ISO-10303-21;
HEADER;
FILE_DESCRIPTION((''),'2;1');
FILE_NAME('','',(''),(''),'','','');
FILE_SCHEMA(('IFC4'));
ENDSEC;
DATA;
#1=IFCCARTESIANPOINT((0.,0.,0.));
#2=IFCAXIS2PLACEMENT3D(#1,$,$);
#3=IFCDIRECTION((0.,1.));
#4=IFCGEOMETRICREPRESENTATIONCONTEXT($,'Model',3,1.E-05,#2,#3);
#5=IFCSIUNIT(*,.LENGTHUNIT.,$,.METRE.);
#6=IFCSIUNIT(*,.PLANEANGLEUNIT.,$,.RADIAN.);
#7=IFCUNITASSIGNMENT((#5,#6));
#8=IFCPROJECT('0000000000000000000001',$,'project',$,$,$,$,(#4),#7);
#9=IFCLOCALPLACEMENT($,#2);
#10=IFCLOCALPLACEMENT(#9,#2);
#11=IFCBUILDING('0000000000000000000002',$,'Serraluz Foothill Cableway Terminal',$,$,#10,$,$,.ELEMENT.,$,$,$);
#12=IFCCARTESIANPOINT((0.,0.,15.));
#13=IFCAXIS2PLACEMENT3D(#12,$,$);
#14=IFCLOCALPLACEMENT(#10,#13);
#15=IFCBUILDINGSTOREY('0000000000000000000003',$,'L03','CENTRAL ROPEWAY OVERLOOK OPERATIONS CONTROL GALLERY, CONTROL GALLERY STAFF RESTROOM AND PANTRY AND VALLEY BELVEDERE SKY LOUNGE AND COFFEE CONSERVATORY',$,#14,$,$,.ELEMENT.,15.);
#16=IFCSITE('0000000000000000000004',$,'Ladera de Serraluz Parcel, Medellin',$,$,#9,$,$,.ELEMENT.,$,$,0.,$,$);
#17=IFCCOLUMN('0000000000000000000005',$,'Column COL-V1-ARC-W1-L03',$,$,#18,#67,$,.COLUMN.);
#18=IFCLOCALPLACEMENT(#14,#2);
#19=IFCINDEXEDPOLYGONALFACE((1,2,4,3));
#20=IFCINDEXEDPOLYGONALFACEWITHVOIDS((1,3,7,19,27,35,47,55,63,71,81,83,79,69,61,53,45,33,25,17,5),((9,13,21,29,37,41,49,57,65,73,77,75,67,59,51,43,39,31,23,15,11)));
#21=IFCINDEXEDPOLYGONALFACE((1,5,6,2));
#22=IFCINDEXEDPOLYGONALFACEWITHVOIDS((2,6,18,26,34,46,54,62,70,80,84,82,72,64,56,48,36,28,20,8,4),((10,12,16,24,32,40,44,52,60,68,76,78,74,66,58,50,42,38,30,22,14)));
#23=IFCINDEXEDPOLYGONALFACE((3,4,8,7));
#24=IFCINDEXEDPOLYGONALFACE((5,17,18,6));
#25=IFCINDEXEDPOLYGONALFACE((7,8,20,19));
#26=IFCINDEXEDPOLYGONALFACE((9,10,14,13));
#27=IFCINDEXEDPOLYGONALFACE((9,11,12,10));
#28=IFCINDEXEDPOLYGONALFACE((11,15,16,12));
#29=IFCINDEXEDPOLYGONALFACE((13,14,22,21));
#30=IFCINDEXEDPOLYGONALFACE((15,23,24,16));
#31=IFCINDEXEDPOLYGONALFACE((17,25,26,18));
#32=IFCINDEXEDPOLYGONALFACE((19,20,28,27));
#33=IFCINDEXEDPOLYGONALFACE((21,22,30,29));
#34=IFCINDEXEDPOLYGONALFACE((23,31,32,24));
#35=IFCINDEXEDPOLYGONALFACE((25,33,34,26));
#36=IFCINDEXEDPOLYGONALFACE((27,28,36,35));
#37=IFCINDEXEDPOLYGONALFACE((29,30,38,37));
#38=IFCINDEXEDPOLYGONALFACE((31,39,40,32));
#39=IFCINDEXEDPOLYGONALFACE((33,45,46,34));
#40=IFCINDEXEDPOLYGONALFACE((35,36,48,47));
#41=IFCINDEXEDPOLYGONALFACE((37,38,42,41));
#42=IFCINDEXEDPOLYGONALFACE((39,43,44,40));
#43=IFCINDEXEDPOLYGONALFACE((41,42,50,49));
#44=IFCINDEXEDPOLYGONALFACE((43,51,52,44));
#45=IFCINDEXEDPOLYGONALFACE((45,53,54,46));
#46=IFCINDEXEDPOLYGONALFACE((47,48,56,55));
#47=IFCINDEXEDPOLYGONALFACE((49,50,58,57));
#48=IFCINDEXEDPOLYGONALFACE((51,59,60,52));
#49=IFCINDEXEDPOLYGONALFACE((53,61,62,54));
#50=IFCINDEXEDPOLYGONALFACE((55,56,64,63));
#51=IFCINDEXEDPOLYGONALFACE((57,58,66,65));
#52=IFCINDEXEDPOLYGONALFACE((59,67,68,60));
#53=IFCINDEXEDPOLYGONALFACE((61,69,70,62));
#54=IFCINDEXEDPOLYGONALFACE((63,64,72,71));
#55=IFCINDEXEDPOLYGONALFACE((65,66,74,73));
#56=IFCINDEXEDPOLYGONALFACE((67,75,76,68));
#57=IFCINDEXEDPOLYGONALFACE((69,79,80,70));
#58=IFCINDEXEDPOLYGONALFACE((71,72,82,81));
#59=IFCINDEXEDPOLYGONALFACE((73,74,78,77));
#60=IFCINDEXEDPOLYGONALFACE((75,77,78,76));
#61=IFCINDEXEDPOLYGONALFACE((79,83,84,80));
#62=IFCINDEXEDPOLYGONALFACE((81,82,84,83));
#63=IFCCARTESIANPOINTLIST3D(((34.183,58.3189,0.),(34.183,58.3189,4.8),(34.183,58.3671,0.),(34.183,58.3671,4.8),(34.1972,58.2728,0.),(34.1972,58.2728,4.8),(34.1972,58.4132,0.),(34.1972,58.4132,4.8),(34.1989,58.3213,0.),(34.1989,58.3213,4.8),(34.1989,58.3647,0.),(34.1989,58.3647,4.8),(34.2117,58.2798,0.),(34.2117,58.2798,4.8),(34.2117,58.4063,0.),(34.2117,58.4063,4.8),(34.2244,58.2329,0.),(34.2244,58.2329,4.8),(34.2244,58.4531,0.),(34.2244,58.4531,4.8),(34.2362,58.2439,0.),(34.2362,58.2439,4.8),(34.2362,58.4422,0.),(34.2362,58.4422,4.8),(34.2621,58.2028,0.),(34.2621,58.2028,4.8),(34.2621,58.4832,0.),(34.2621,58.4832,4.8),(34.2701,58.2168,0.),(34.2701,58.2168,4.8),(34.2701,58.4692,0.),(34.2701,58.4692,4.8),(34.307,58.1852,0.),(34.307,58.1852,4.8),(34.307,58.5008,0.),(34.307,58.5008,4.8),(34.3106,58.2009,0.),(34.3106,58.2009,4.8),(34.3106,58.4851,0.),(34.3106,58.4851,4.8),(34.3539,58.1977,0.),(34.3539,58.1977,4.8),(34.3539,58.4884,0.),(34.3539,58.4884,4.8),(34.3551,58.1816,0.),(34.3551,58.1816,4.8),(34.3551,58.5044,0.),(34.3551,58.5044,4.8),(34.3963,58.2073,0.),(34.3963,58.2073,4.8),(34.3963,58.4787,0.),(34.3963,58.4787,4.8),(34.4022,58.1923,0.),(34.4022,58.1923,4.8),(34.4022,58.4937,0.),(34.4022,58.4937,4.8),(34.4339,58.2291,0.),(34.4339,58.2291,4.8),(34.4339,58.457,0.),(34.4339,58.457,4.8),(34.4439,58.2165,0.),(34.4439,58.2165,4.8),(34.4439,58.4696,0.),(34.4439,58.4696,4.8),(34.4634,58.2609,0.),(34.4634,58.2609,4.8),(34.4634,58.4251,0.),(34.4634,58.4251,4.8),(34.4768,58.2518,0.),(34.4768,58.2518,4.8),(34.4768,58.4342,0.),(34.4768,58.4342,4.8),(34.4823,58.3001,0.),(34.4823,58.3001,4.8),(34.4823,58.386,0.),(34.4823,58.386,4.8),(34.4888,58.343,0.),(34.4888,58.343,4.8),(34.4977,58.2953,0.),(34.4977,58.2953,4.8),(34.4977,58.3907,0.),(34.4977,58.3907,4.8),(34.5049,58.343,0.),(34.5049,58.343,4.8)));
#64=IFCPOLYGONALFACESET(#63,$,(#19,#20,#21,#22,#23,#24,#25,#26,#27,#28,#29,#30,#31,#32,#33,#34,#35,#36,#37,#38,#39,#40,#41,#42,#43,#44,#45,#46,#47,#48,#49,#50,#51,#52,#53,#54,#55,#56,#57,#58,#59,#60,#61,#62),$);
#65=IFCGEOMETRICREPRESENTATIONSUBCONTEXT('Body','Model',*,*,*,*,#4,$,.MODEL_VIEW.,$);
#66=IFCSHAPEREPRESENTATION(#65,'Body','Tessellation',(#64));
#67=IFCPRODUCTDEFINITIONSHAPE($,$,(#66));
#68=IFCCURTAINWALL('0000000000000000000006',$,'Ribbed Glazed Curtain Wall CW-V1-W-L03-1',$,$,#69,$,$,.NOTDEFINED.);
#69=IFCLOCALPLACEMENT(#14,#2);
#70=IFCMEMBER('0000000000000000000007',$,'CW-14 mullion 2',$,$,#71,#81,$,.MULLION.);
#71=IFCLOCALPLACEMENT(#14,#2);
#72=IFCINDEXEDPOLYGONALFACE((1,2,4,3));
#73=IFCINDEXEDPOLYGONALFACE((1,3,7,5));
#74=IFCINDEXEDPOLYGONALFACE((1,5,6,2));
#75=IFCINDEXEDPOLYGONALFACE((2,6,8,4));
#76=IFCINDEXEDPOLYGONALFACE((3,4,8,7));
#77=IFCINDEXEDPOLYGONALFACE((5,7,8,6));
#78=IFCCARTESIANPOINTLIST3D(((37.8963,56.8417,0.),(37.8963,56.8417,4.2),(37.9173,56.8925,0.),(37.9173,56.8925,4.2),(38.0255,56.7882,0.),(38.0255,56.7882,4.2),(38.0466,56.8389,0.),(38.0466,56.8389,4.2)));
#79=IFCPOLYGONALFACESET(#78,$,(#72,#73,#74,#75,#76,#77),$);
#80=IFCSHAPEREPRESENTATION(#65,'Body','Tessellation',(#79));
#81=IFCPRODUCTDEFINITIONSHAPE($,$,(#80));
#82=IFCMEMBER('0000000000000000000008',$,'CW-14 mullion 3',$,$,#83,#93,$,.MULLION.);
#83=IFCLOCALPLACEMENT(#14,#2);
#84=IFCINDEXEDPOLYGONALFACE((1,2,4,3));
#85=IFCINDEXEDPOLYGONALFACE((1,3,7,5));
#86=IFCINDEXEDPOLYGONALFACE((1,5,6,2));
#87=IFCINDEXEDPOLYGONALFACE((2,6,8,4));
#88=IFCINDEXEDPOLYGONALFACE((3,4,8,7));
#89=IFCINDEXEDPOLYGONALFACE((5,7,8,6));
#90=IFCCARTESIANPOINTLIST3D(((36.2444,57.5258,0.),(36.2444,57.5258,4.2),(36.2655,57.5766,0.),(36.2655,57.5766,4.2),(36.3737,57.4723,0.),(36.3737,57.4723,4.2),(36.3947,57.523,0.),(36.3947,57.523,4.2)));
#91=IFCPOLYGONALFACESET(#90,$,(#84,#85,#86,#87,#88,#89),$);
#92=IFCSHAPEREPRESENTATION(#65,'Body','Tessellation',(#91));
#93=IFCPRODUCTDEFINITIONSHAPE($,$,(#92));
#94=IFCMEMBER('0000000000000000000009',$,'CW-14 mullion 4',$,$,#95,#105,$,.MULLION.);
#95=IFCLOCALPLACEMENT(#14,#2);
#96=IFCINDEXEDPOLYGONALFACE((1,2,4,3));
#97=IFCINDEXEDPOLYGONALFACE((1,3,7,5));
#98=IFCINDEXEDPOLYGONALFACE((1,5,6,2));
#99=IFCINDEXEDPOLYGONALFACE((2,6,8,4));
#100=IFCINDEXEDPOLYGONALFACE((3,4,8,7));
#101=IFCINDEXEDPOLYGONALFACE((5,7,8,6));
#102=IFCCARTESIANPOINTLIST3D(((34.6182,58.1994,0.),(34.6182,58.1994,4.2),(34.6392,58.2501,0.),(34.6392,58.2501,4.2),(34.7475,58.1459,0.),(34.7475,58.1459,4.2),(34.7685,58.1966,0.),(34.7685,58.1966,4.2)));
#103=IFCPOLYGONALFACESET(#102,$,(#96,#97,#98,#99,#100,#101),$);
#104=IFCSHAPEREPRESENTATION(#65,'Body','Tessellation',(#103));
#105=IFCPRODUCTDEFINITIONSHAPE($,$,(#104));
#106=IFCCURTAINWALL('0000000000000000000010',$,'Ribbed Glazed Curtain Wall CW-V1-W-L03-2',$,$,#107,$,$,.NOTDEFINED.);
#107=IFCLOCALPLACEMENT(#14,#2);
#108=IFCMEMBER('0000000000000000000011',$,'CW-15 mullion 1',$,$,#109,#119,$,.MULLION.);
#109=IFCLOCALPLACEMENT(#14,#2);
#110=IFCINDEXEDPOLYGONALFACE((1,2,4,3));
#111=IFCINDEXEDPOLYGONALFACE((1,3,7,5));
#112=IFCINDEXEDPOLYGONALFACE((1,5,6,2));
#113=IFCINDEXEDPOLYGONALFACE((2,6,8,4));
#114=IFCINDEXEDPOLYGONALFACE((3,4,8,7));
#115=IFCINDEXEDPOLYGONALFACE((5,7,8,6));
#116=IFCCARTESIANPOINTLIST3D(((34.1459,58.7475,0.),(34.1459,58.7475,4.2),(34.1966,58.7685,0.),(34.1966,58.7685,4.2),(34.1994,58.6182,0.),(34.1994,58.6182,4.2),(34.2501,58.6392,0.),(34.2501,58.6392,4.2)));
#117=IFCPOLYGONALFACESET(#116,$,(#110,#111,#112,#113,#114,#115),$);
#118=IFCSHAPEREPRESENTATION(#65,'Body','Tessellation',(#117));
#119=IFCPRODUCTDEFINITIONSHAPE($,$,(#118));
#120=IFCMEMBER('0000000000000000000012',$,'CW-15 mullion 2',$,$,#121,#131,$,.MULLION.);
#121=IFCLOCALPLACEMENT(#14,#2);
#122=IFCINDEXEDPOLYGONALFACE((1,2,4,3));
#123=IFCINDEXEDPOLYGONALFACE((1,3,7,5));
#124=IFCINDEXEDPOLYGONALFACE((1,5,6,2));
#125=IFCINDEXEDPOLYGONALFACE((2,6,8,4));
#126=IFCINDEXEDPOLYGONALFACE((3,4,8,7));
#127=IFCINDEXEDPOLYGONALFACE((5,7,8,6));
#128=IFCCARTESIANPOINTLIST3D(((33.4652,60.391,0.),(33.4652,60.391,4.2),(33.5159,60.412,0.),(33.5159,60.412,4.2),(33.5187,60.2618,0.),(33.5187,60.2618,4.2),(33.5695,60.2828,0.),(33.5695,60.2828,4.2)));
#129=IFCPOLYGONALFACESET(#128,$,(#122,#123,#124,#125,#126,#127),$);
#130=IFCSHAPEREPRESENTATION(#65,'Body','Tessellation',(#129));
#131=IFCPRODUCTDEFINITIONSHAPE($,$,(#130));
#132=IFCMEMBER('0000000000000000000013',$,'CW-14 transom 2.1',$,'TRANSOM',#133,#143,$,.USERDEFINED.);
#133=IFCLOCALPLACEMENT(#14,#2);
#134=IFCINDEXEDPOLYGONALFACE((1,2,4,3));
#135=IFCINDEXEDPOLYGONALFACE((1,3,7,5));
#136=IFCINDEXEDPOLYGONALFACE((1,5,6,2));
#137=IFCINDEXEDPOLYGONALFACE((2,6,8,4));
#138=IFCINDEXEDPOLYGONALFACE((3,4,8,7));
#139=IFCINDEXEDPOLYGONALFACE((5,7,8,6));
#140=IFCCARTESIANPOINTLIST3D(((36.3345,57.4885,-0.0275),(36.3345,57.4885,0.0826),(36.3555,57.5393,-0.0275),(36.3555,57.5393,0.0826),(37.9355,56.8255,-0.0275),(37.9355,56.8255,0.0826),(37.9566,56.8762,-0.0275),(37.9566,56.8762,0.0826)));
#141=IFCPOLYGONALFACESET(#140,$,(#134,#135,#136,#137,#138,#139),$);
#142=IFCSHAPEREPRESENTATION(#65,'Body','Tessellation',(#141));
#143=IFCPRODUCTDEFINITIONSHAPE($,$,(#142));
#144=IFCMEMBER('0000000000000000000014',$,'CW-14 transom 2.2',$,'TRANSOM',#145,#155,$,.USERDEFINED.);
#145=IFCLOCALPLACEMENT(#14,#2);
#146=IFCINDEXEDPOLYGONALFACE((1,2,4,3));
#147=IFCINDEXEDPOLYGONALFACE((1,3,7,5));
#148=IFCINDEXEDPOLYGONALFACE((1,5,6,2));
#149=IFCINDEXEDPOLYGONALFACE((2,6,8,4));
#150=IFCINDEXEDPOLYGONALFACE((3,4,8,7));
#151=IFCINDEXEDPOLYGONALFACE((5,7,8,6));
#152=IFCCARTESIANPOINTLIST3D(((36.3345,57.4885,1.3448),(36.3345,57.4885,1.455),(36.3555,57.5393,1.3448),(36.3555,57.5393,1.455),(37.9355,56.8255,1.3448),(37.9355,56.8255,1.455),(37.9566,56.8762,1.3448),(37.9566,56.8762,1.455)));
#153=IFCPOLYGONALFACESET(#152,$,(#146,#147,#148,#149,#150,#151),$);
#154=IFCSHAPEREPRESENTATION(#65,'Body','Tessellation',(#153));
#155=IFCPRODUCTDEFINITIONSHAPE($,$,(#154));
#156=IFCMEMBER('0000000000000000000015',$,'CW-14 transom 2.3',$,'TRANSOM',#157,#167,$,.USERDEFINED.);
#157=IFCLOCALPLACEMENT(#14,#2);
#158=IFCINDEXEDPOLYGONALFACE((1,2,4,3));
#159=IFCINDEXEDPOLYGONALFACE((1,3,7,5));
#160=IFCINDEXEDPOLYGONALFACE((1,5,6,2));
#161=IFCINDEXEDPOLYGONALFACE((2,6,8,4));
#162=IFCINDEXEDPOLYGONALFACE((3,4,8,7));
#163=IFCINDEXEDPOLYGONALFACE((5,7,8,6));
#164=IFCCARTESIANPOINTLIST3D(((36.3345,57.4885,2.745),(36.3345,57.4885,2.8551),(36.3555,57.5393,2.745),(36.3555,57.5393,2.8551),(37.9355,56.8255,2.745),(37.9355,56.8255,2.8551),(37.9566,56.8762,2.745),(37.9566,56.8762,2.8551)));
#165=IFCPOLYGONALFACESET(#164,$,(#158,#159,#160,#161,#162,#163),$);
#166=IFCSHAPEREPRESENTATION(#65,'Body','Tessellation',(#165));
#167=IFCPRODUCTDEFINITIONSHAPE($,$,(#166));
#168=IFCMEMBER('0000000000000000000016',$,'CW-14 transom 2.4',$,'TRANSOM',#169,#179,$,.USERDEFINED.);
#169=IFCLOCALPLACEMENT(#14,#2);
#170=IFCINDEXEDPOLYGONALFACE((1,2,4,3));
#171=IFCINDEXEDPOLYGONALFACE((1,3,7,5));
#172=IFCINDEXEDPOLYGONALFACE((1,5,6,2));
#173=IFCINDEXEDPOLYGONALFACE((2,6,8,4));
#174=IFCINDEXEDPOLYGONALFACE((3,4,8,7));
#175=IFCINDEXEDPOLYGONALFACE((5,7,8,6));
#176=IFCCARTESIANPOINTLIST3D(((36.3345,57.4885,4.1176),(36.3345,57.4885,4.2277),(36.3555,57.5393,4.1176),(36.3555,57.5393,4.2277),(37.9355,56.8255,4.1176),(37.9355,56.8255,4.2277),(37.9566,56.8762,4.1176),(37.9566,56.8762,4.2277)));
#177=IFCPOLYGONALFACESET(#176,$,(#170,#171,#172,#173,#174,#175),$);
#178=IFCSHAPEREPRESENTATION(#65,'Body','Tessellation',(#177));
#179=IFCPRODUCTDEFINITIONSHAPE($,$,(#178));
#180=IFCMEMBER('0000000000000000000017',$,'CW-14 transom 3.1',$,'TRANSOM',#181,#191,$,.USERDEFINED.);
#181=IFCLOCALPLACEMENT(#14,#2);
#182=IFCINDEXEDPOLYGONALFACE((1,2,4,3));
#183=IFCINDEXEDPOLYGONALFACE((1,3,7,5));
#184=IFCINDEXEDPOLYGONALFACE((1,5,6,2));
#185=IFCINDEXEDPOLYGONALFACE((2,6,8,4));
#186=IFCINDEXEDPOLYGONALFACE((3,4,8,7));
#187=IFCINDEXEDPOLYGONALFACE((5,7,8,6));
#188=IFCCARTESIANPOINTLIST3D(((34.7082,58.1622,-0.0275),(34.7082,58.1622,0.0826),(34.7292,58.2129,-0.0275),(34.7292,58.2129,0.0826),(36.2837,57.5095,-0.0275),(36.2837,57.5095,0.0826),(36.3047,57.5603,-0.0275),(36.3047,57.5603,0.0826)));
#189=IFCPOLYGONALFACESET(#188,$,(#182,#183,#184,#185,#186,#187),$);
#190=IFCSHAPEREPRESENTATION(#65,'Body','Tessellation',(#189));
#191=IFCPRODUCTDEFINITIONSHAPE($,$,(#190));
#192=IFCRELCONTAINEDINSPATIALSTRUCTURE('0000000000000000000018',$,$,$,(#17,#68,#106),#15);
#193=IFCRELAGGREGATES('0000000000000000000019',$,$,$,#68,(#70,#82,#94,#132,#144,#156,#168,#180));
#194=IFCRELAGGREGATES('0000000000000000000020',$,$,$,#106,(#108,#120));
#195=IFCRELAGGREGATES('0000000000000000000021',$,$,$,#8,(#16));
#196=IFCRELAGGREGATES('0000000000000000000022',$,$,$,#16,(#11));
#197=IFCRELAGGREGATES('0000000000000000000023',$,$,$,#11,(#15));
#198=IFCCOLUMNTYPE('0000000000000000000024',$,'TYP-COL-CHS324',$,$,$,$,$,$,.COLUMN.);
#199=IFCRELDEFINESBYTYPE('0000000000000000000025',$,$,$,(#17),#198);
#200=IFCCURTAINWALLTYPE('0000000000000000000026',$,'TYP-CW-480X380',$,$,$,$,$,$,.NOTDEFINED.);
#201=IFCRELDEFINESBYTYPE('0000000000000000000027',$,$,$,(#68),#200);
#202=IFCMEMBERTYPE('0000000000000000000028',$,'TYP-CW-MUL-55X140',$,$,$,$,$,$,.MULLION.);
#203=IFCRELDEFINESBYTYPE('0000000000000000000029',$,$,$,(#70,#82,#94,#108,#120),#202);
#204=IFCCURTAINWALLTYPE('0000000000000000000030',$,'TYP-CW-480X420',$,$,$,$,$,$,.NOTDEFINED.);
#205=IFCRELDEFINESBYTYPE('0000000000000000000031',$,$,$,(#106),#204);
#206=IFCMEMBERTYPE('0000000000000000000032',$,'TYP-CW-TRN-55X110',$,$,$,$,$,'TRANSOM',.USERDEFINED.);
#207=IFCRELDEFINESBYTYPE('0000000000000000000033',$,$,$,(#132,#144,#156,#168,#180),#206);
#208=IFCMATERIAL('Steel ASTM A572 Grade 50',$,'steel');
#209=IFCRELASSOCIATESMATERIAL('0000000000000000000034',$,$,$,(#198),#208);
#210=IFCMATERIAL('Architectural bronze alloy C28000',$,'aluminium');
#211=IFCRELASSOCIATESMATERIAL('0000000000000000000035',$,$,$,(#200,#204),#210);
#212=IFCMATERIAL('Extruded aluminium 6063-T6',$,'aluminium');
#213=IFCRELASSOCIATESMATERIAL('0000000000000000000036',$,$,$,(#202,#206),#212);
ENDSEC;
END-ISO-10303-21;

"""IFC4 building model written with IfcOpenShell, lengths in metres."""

from ifc_helpers import new_model, si_unit, direction, frame, origin, origin_2d, place, context, subcontext, project, spatial, rectangle, hollow_circle, extrude, material, material_profile, profile_set, type_object, element, aggregate, save


model = new_model("IFC4")

# Units and contexts
model_context = context("Model", 3, precision=1e-05, world=origin(), true_north=direction((0.0, 1.0)))
body_context = subcontext(model_context, "Body", "Model", "MODEL_VIEW")
ifc_project = project(units=[si_unit("LENGTHUNIT", "METRE"), si_unit("PLANEANGLEUNIT", "RADIAN")], contexts=[model_context])

# Site, building, storey
site_placement = place(None, origin())
site = spatial("IfcSite", under=ifc_project, at=site_placement, Name="Ladera de Serraluz Parcel, Medellin", CompositionType="ELEMENT", RefElevation=0.0)
building_placement = place(site_placement, origin())
building = spatial("IfcBuilding", under=site, at=building_placement, Name="Serraluz Foothill Cableway Terminal", CompositionType="ELEMENT")
storey_placement = place(building_placement, frame((0.0, 0.0, 15.0)))
storey = spatial("IfcBuildingStorey", under=building, at=storey_placement, Name="L03", Description="CENTRAL ROPEWAY OVERLOOK OPERATIONS CONTROL GALLERY, CONTROL GALLERY STAFF RESTROOM AND PANTRY AND VALLEY BELVEDERE SKY LOUNGE AND COFFEE CONSERVATORY", CompositionType="ELEMENT", Elevation=15.0)

# Column
ifc_material_1 = material(Name="Steel ASTM A572 Grade 50", Category="steel")
ifc_material_profile_1 = material_profile(ifc_material_1, hollow_circle(Radius=0.1619, WallThickness=0.0161, at=origin_2d()), Name="CHS324X16")
ifc_profile_set_1 = profile_set([ifc_material_profile_1], Name="Steel ASTM A572 Grade 50")
column_type = type_object("IfcColumnType", Name="TYP-COL-CHS324", PredefinedType="COLUMN", material=ifc_profile_set_1)
column_placement = place(storey_placement, frame((34.343, 58.343, 0.0), z_axis=(0.0, 0.0, 1.0), x_axis=(1.0, 0.0, 0.0)))
element("IfcColumn", 1, at=column_placement, inside=storey, type_object=column_type, Name="Column COL-V1-ARC-W1-L03", PredefinedType="COLUMN", context=body_context, shape_type="SweptSolid", body=[
    extrude(hollow_circle(Radius=0.1619, WallThickness=0.0161, at=origin_2d()), origin(), (0.0, 0.0, 1.0), 4.8),
])

# Curtain walls, members
ifc_material_2 = material(Name="Architectural bronze alloy C28000", Category="aluminium")
curtain_wall_type_1 = type_object("IfcCurtainWallType", Name="TYP-CW-480X380", PredefinedType="NOTDEFINED", material=ifc_material_2)
curtain_wall_1_placement = place(storey_placement, origin())
curtain_wall_1 = element("IfcCurtainWall", 2, at=curtain_wall_1_placement, inside=storey, type_object=curtain_wall_type_1, Name="Ribbed Glazed Curtain Wall CW-V1-W-L03-1", PredefinedType="NOTDEFINED")
ifc_material_3 = material(Name="Extruded aluminium 6063-T6", Category="aluminium")
ifc_material_profile_2 = material_profile(ifc_material_3, rectangle(XDim=0.0549, YDim=0.1399, at=origin_2d()), Name="ALU MULLION 55x140")
ifc_profile_set_2 = profile_set([ifc_material_profile_2], Name="Extruded aluminium 6063-T6")
member_type_1 = type_object("IfcMemberType", Name="TYP-CW-MUL-55X140", PredefinedType="MULLION", material=ifc_profile_set_2)
member_1_placement = place(storey_placement, frame((37.9714, 56.8403, 0.0), z_axis=(0.0, 0.0, 1.0), x_axis=(-0.382682, -0.92388, 0.0)))
member_1 = element("IfcMember", 3, at=member_1_placement, type_object=member_type_1, Name="CW-14 mullion 2", PredefinedType="MULLION", context=body_context, shape_type="SweptSolid", body=[
    extrude(rectangle(XDim=0.0549, YDim=0.1399, at=origin_2d()), origin(), (0.0, 0.0, 1.0), 4.2),
])
member_2_placement = place(storey_placement, frame((36.3196, 57.5244, 0.0), z_axis=(0.0, 0.0, 1.0), x_axis=(-0.382682, -0.92388, 0.0)))
member_2 = element("IfcMember", 4, at=member_2_placement, type_object=member_type_1, Name="CW-14 mullion 3", PredefinedType="MULLION", context=body_context, shape_type="SweptSolid", body=[
    extrude(rectangle(XDim=0.0549, YDim=0.1399, at=origin_2d()), origin(), (0.0, 0.0, 1.0), 4.2),
])
member_3_placement = place(storey_placement, frame((34.6934, 58.198, 0.0), z_axis=(0.0, 0.0, 1.0), x_axis=(-0.382682, -0.92388, 0.0)))
member_3 = element("IfcMember", 5, at=member_3_placement, type_object=member_type_1, Name="CW-14 mullion 4", PredefinedType="MULLION", context=body_context, shape_type="SweptSolid", body=[
    extrude(rectangle(XDim=0.0549, YDim=0.1399, at=origin_2d()), origin(), (0.0, 0.0, 1.0), 4.2),
])
curtain_wall_type_2 = type_object("IfcCurtainWallType", Name="TYP-CW-480X420", PredefinedType="NOTDEFINED", material=ifc_material_2)
curtain_wall_2_placement = place(storey_placement, origin())
curtain_wall_2 = element("IfcCurtainWall", 6, at=curtain_wall_2_placement, inside=storey, type_object=curtain_wall_type_2, Name="Ribbed Glazed Curtain Wall CW-V1-W-L03-2", PredefinedType="NOTDEFINED")
member_4_placement = place(storey_placement, frame((34.198, 58.6934, 0.0), z_axis=(0.0, 0.0, 1.0), x_axis=(-0.923879, -0.382685, 0.0)))
member_4 = element("IfcMember", 7, at=member_4_placement, type_object=member_type_1, Name="CW-15 mullion 1", PredefinedType="MULLION", context=body_context, shape_type="SweptSolid", body=[
    extrude(rectangle(XDim=0.0549, YDim=0.1399, at=origin_2d()), origin(), (0.0, 0.0, 1.0), 4.2),
])
member_5_placement = place(storey_placement, frame((33.5173, 60.3369, 0.0), z_axis=(0.0, 0.0, 1.0), x_axis=(-0.923879, -0.382685, 0.0)))
member_5 = element("IfcMember", 8, at=member_5_placement, type_object=member_type_1, Name="CW-15 mullion 2", PredefinedType="MULLION", context=body_context, shape_type="SweptSolid", body=[
    extrude(rectangle(XDim=0.0549, YDim=0.1399, at=origin_2d()), origin(), (0.0, 0.0, 1.0), 4.2),
])

# Members
ifc_material_profile_3 = material_profile(ifc_material_3, rectangle(XDim=0.0549, YDim=0.1101, at=origin_2d()), Name="ALU TRANSOM 55x110")
ifc_profile_set_3 = profile_set([ifc_material_profile_3], Name="Extruded aluminium 6063-T6")
member_type_2 = type_object("IfcMemberType", Name="TYP-CW-TRN-55X110", ElementType="TRANSOM", PredefinedType="USERDEFINED", material=ifc_profile_set_3)
member_6_placement = place(storey_placement, frame((37.946, 56.8508, 0.0276), z_axis=(-0.9239, 0.382634, 0.0), x_axis=(-0.382634, -0.9239, 0.0)))
member_6 = element("IfcMember", 9, at=member_6_placement, type_object=member_type_2, Name="CW-14 transom 2.1", ObjectType="TRANSOM", PredefinedType="USERDEFINED", context=body_context, shape_type="SweptSolid", body=[
    extrude(rectangle(XDim=0.0549, YDim=0.1101, at=origin_2d()), origin(), (0.0, 0.0, 1.0), 1.7329),
])
member_7_placement = place(storey_placement, frame((37.946, 56.8508, 1.3999), z_axis=(-0.9239, 0.382634, 0.0), x_axis=(-0.382634, -0.9239, 0.0)))
member_7 = element("IfcMember", 10, at=member_7_placement, type_object=member_type_2, Name="CW-14 transom 2.2", ObjectType="TRANSOM", PredefinedType="USERDEFINED", context=body_context, shape_type="SweptSolid", body=[
    extrude(rectangle(XDim=0.0549, YDim=0.1101, at=origin_2d()), origin(), (0.0, 0.0, 1.0), 1.7329),
])
member_8_placement = place(storey_placement, frame((37.946, 56.8508, 2.8), z_axis=(-0.9239, 0.382634, 0.0), x_axis=(-0.382634, -0.9239, 0.0)))
member_8 = element("IfcMember", 11, at=member_8_placement, type_object=member_type_2, Name="CW-14 transom 2.3", ObjectType="TRANSOM", PredefinedType="USERDEFINED", context=body_context, shape_type="SweptSolid", body=[
    extrude(rectangle(XDim=0.0549, YDim=0.1101, at=origin_2d()), origin(), (0.0, 0.0, 1.0), 1.7329),
])
member_9_placement = place(storey_placement, frame((37.946, 56.8508, 4.1726), z_axis=(-0.9239, 0.382634, 0.0), x_axis=(-0.382634, -0.9239, 0.0)))
member_9 = element("IfcMember", 12, at=member_9_placement, type_object=member_type_2, Name="CW-14 transom 2.4", ObjectType="TRANSOM", PredefinedType="USERDEFINED", context=body_context, shape_type="SweptSolid", body=[
    extrude(rectangle(XDim=0.0549, YDim=0.1101, at=origin_2d()), origin(), (0.0, 0.0, 1.0), 1.7329),
])
member_10_placement = place(storey_placement, frame((36.2942, 57.5349, 0.0276), z_axis=(-0.923875, 0.382693, 0.0), x_axis=(-0.382693, -0.923875, 0.0)))
member_10 = element("IfcMember", 13, at=member_10_placement, type_object=member_type_2, Name="CW-14 transom 3.1", ObjectType="TRANSOM", PredefinedType="USERDEFINED", context=body_context, shape_type="SweptSolid", body=[
    extrude(rectangle(XDim=0.0549, YDim=0.1101, at=origin_2d()), origin(), (0.0, 0.0, 1.0), 1.7053),
])

aggregate(curtain_wall_1, [member_1, member_2, member_3, member_6, member_7, member_8, member_9, member_10])
aggregate(curtain_wall_2, [member_4, member_5])

save(model, "model.ifc")
